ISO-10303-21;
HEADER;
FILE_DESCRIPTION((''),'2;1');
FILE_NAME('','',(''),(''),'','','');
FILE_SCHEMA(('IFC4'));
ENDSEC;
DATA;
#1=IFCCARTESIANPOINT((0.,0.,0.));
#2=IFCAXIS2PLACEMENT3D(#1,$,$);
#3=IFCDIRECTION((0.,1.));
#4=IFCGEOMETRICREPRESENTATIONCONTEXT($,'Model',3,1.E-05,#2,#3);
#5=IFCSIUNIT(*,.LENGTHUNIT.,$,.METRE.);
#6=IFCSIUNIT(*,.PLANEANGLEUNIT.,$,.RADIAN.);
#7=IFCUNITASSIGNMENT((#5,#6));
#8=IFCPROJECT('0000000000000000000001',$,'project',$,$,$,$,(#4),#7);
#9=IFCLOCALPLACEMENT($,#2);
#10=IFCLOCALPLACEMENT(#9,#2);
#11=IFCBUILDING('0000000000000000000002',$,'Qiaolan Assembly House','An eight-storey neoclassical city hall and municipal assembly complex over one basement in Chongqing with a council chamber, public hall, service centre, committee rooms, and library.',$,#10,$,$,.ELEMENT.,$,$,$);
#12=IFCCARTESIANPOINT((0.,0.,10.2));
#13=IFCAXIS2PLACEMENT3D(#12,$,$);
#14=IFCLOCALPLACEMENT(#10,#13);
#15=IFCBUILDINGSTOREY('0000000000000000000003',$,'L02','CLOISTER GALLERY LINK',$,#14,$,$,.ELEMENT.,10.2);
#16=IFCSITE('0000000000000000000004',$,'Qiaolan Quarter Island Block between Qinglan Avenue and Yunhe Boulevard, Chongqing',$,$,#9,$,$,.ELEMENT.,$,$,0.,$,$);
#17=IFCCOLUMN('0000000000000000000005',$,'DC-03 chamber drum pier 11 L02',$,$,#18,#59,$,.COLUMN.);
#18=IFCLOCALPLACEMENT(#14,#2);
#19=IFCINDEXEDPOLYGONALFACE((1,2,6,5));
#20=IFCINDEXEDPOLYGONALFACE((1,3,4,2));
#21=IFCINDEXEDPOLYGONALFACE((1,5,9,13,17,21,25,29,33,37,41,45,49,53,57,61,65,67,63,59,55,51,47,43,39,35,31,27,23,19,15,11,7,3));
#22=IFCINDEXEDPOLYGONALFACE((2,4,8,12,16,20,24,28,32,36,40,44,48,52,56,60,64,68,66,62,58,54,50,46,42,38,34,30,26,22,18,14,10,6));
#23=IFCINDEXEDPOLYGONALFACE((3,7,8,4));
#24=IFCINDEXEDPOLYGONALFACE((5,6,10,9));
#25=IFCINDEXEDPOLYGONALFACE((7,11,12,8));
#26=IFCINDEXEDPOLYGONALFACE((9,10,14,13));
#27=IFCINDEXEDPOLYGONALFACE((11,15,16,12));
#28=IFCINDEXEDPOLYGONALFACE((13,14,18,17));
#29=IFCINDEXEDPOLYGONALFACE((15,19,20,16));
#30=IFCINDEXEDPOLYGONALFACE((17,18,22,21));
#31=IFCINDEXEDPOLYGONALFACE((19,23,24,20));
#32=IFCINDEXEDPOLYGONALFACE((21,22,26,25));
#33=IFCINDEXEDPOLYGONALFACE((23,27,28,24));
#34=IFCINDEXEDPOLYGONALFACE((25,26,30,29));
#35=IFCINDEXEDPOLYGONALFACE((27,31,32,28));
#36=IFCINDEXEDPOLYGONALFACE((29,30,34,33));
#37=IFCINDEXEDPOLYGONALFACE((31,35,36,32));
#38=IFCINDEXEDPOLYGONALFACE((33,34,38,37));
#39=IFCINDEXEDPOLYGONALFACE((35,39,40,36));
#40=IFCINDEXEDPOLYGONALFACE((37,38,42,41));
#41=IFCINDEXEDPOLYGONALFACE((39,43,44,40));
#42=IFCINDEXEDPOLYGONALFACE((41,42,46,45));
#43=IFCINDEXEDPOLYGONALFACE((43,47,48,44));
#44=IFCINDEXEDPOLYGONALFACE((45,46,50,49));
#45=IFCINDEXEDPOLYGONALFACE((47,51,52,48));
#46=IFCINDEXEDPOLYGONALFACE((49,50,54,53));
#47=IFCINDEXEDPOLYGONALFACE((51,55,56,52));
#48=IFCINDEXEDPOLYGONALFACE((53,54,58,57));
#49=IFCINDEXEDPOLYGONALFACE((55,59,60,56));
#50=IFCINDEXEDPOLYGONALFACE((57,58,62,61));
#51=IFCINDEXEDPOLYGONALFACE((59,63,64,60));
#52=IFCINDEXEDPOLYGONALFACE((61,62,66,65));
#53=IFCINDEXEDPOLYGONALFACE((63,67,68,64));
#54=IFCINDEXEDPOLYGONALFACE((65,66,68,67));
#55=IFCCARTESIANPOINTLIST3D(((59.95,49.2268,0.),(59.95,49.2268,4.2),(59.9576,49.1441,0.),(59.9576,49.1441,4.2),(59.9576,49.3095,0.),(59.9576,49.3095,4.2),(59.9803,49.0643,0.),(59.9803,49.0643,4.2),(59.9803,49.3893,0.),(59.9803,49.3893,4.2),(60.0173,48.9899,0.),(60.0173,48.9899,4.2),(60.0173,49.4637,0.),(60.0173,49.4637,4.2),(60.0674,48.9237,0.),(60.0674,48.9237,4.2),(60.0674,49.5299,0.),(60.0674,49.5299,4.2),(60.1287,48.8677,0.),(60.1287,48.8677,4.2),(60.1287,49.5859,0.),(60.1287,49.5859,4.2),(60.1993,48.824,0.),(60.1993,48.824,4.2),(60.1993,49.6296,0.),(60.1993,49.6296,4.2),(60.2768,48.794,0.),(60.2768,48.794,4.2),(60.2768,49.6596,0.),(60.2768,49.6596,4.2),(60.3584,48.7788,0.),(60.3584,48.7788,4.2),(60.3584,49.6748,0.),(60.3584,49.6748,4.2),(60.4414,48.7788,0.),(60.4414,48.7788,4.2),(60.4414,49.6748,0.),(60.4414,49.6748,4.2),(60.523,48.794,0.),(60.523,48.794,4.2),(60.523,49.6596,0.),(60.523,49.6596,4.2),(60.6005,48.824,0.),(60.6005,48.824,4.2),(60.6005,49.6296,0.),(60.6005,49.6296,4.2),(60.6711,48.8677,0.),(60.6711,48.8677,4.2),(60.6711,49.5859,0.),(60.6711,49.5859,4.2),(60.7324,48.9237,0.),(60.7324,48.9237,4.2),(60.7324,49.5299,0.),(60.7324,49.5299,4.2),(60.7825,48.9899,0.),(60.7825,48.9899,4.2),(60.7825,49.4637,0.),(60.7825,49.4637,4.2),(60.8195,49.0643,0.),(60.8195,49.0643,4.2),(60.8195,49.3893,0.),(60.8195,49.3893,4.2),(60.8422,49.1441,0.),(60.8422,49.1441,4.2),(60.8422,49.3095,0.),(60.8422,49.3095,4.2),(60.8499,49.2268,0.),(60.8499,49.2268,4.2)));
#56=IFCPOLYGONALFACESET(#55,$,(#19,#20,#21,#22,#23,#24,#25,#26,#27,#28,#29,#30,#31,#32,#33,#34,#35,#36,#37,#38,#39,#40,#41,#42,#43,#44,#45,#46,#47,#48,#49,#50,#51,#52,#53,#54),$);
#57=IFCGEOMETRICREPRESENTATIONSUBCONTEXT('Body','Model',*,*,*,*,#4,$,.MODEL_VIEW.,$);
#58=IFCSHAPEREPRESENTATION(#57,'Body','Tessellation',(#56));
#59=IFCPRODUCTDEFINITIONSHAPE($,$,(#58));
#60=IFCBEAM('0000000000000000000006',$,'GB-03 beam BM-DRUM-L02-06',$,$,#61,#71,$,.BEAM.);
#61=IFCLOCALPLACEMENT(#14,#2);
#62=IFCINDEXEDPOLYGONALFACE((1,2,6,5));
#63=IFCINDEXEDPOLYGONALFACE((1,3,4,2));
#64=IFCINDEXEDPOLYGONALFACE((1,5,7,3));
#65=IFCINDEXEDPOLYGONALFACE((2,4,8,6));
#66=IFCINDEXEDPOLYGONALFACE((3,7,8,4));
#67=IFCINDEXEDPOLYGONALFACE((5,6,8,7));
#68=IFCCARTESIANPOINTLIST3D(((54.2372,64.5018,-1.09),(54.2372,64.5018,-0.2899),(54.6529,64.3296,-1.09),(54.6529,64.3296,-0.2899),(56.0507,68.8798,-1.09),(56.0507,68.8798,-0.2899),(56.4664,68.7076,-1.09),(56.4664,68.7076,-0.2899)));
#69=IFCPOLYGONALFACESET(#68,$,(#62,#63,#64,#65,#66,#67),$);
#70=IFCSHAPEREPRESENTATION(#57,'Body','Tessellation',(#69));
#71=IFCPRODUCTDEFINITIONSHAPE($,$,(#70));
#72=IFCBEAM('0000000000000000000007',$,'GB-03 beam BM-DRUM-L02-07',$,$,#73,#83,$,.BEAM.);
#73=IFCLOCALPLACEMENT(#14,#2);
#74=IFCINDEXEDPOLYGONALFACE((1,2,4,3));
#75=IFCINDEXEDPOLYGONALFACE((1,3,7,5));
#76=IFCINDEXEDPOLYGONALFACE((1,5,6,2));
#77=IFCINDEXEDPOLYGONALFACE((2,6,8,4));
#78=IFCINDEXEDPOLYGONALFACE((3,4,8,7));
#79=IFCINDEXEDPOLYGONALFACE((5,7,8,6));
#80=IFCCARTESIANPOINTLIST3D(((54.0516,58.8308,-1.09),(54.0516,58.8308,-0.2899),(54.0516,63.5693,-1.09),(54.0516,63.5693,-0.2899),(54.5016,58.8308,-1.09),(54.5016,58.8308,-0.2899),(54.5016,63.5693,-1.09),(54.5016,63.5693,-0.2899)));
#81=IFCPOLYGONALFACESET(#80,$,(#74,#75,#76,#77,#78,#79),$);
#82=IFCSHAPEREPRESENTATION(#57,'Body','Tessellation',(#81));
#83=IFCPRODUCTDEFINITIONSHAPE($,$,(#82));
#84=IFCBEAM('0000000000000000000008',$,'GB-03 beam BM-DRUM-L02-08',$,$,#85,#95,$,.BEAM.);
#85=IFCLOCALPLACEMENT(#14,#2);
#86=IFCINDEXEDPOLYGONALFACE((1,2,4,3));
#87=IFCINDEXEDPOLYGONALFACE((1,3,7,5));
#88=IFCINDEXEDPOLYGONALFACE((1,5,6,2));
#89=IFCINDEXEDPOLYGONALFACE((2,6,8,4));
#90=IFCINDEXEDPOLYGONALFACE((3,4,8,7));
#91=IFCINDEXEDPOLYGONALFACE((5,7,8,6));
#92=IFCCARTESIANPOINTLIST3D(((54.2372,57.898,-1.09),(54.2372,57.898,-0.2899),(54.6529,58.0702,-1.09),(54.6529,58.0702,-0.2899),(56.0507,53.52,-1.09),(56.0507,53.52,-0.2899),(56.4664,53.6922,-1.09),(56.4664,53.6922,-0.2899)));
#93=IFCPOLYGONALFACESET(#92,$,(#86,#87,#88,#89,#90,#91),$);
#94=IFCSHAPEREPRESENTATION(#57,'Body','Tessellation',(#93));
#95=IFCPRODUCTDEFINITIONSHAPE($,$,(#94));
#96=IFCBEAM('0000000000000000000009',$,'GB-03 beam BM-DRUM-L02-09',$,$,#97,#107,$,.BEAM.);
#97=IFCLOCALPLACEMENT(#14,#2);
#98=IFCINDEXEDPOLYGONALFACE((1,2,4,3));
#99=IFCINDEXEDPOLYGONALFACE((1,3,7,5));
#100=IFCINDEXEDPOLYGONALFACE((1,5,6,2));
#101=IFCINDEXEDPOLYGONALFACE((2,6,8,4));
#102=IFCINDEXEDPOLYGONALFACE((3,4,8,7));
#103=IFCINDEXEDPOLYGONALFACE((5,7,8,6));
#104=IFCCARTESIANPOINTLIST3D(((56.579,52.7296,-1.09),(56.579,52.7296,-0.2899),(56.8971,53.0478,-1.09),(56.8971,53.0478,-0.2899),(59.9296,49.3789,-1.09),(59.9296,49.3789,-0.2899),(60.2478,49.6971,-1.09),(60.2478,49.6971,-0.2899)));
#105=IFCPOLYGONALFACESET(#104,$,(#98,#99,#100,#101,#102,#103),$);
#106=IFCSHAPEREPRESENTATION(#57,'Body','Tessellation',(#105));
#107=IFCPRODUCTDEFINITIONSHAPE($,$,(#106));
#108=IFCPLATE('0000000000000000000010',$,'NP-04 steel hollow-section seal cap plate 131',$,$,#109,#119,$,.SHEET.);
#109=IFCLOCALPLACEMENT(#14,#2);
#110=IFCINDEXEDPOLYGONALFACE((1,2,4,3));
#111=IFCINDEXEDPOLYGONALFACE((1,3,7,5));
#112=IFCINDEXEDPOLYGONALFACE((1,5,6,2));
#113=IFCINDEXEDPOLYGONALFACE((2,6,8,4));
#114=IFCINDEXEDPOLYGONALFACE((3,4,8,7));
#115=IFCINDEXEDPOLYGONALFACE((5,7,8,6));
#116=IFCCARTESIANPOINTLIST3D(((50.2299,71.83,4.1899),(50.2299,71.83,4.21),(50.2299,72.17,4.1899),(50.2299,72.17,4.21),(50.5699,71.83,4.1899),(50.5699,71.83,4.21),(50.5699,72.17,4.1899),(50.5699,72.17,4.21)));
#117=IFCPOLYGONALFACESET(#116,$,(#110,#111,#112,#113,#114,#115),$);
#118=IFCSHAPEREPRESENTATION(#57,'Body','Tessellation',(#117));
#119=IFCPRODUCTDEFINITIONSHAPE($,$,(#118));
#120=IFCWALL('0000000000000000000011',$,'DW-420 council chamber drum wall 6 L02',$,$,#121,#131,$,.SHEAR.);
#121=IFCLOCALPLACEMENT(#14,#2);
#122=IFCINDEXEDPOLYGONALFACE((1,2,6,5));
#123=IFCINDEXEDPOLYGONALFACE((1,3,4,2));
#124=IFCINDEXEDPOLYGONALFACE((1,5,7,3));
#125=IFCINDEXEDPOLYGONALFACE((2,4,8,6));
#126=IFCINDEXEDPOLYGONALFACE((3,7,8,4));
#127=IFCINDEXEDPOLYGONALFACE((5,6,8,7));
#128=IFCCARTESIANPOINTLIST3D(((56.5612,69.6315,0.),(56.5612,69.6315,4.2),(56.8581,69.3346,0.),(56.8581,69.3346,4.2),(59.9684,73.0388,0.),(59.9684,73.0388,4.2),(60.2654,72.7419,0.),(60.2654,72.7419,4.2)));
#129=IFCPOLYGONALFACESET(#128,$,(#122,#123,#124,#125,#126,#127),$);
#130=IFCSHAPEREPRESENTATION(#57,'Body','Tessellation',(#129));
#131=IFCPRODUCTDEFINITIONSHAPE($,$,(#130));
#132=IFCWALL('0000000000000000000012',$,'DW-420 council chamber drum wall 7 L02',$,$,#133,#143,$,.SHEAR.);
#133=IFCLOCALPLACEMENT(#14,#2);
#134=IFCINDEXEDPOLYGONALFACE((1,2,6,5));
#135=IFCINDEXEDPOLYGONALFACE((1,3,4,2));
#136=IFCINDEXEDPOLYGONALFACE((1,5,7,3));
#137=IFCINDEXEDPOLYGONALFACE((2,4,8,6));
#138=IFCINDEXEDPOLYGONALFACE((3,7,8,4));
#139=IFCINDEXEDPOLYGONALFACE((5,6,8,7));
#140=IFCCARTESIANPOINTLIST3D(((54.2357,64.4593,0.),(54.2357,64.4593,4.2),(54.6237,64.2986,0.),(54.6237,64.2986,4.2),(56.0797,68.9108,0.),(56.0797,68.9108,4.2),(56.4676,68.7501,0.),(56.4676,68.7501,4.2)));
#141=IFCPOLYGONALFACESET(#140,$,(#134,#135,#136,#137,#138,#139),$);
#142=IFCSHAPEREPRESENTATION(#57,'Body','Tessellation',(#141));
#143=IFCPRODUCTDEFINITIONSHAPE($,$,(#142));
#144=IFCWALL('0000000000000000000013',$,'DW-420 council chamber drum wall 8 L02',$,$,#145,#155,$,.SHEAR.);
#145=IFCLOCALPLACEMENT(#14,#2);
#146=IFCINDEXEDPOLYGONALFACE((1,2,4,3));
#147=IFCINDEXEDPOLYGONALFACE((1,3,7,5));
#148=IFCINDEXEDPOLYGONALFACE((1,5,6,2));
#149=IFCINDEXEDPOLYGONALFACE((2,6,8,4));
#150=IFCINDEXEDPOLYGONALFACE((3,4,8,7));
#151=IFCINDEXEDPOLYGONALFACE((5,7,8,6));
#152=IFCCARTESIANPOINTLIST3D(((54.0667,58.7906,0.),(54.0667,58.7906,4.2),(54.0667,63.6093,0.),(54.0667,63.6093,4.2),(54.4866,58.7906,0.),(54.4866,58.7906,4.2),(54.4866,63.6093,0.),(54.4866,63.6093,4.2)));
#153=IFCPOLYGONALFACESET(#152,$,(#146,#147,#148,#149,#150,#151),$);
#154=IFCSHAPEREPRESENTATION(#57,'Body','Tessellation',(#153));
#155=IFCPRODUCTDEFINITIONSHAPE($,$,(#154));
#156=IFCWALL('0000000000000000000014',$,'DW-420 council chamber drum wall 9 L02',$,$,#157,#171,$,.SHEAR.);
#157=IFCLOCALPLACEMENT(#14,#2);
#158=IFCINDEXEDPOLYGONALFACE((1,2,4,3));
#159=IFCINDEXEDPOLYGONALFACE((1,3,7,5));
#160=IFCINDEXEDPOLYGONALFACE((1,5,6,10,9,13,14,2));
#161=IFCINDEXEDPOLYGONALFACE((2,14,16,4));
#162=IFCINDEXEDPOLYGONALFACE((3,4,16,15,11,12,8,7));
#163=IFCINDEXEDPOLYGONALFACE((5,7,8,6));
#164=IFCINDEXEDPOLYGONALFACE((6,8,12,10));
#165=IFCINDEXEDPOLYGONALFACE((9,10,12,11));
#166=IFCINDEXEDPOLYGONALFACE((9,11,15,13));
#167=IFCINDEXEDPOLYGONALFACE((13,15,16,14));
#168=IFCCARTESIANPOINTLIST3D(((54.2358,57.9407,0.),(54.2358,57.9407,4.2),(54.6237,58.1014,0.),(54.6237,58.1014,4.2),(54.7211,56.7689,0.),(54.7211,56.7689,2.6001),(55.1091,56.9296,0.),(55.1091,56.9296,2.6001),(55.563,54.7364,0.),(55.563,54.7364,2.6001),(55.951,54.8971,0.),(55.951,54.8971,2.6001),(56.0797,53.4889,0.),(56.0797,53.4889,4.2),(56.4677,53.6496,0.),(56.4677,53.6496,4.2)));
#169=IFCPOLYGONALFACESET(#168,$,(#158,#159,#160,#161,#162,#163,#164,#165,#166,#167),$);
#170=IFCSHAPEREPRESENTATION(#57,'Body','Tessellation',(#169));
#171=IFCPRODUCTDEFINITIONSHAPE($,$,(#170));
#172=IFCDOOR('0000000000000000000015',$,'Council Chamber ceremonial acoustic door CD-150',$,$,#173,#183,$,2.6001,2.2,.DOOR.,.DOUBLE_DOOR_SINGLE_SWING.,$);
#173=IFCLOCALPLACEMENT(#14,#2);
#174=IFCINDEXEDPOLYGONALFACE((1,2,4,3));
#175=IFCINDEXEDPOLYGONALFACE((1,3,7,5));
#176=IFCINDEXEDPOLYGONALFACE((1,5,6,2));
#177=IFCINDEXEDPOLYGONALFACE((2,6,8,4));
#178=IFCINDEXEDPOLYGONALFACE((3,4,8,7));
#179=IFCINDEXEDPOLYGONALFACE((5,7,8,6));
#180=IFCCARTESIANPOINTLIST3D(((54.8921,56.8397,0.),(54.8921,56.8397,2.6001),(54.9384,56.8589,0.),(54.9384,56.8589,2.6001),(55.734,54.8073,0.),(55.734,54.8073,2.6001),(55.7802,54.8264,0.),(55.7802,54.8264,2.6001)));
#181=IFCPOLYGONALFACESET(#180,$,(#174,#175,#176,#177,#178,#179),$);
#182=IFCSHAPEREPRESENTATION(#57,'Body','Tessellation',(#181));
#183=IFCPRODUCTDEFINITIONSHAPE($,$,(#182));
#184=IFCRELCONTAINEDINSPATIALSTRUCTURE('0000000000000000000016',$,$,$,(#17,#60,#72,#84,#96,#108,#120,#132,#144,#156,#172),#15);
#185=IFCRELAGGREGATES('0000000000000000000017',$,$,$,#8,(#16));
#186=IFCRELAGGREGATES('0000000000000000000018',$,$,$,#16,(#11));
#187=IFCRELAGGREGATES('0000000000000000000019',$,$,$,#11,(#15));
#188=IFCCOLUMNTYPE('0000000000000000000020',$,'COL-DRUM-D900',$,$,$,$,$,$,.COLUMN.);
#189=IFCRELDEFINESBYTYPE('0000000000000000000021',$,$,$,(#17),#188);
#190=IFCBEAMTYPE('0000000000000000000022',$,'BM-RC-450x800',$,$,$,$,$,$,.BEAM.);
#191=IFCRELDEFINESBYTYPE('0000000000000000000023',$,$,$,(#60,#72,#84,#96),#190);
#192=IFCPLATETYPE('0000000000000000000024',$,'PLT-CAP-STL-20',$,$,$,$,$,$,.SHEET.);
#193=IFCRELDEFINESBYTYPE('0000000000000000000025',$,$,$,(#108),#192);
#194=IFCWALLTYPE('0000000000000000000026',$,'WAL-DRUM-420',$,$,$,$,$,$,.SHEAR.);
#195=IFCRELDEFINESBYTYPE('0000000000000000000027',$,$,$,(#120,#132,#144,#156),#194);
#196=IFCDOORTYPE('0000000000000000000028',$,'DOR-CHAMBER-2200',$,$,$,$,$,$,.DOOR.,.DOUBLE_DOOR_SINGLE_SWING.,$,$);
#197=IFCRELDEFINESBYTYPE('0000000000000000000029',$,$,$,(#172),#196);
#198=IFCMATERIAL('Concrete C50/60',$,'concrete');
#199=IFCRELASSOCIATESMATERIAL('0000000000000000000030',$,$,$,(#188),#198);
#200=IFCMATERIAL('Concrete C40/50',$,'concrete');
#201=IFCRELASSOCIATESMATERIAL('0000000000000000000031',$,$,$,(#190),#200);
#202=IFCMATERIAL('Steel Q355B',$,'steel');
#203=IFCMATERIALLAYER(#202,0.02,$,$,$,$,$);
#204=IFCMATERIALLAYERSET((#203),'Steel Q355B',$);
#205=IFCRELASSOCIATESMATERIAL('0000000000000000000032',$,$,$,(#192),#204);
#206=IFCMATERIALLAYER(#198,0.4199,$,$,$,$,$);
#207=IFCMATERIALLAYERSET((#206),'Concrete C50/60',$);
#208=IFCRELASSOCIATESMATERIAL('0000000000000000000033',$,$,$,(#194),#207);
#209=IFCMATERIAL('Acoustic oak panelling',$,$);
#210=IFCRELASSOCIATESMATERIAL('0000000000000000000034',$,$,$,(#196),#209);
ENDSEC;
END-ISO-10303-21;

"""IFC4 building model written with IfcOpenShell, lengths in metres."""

from ifc_helpers import new_model, si_unit, direction, frame, frame_2d, origin, origin_2d, place, context, subcontext, project, spatial, rectangle, circle, extrude, material, layer, layer_set, material_profile, profile_set, type_object, element, fill, save


model = new_model("IFC4")

# Units and contexts
model_context = context("Model", 3, precision=1e-05, world=origin(), true_north=direction((0.0, 1.0)))
body_context = subcontext(model_context, "Body", "Model", "MODEL_VIEW")
ifc_project = project(units=[si_unit("LENGTHUNIT", "METRE"), si_unit("PLANEANGLEUNIT", "RADIAN")], contexts=[model_context])

# Site, building, storey
site_placement = place(None, origin())
site = spatial("IfcSite", under=ifc_project, at=site_placement, Name="Qiaolan Quarter Island Block between Qinglan Avenue and Yunhe Boulevard, Chongqing", CompositionType="ELEMENT", RefElevation=0.0)
building_placement = place(site_placement, origin())
building = spatial("IfcBuilding", under=site, at=building_placement, Name="Qiaolan Assembly House", Description="An eight-storey neoclassical city hall and municipal assembly complex over one basement in Chongqing with a council chamber, public hall, service centre, committee rooms, and library.", CompositionType="ELEMENT")
storey_placement = place(building_placement, frame((0.0, 0.0, 10.2)))
storey = spatial("IfcBuildingStorey", under=building, at=storey_placement, Name="L02", Description="CLOISTER GALLERY LINK", CompositionType="ELEMENT", Elevation=10.2)

# Column
ifc_material_1 = material(Name="Concrete C50/60", Category="concrete")
ifc_material_profile_1 = material_profile(ifc_material_1, circle(Radius=0.45, at=origin_2d()), Name="CIRC D900")
ifc_profile_set_1 = profile_set([ifc_material_profile_1], Name="Concrete C50/60")
column_type = type_object("IfcColumnType", Name="COL-DRUM-D900", PredefinedType="COLUMN", material=ifc_profile_set_1)
for number, where, z_axis, x_axis, name in (
    (1, (60.3999, 49.2268, 0.0), (0.0, 0.0, 1.0), (1.0, 0.0, 0.0), "DC-03 chamber drum pier 11 L02"),
):
    element("IfcColumn", number, at=place(storey_placement, frame(where, z_axis=z_axis, x_axis=x_axis)), inside=storey, type_object=column_type, Name=name, PredefinedType="COLUMN", context=body_context, shape_type="SweptSolid", body=[
        extrude(circle(Radius=0.45, at=origin_2d()), origin(), (0.0, 0.0, 1.0), 4.2),
    ])

# Beams
ifc_material_2 = material(Name="Concrete C40/50", Category="concrete")
ifc_material_profile_2 = material_profile(ifc_material_2, rectangle(XDim=0.45, YDim=0.8, at=origin_2d()), Name="RCB 450x800")
ifc_profile_set_2 = profile_set([ifc_material_profile_2], Name="Concrete C40/50")
beam_type = type_object("IfcBeamType", Name="BM-RC-450x800", PredefinedType="BEAM", material=ifc_profile_set_2)
beam_1_placement = place(storey_placement, frame((56.2585, 68.7937, -0.6899), z_axis=(-0.382698, -0.923874, 0.0), x_axis=(0.923874, -0.382698, 0.0)))
element("IfcBeam", 2, at=beam_1_placement, inside=storey, type_object=beam_type, Name="GB-03 beam BM-DRUM-L02-06", PredefinedType="BEAM", context=body_context, shape_type="SweptSolid", body=[
    extrude(rectangle(XDim=0.45, YDim=0.8, at=origin_2d()), origin(), (0.0, 0.0, 1.0), 4.7388),
])
beam_2_placement = place(storey_placement, frame((54.2766, 63.5693, -0.6899), z_axis=(0.0, -1.0, 0.0), x_axis=(1.0, 0.0, 0.0)))
element("IfcBeam", 3, at=beam_2_placement, inside=storey, type_object=beam_type, Name="GB-03 beam BM-DRUM-L02-07", PredefinedType="BEAM", context=body_context, shape_type="SweptSolid", body=[
    extrude(rectangle(XDim=0.45, YDim=0.8, at=origin_2d()), origin(), (0.0, 0.0, 1.0), 4.7385),
])
beam_3_placement = place(storey_placement, frame((54.4451, 57.9841, -0.6899), z_axis=(0.382698, -0.923874, 0.0), x_axis=(0.923874, 0.382698, 0.0)))
element("IfcBeam", 4, at=beam_3_placement, inside=storey, type_object=beam_type, Name="GB-03 beam BM-DRUM-L02-08", PredefinedType="BEAM", context=body_context, shape_type="SweptSolid", body=[
    extrude(rectangle(XDim=0.45, YDim=0.8, at=origin_2d()), origin(), (0.0, 0.0, 1.0), 4.7388),
])
beam_4_placement = place(storey_placement, frame((56.738, 52.8887, -0.6899), z_axis=(0.707107, -0.707107, 0.0), x_axis=(0.707107, 0.707107, 0.0)))
element("IfcBeam", 5, at=beam_4_placement, inside=storey, type_object=beam_type, Name="GB-03 beam BM-DRUM-L02-09", PredefinedType="BEAM", context=body_context, shape_type="SweptSolid", body=[
    extrude(rectangle(XDim=0.45, YDim=0.8, at=origin_2d()), origin(), (0.0, 0.0, 1.0), 4.7385),
])

# Plate
ifc_material_3 = material(Name="Steel Q355B", Category="steel")
ifc_layer_1 = layer(ifc_material_3, 0.02)
ifc_layer_set_1 = layer_set([ifc_layer_1], Name="Steel Q355B")
plate_type = type_object("IfcPlateType", Name="PLT-CAP-STL-20", PredefinedType="SHEET", material=ifc_layer_set_1)
plate_placement = place(storey_placement, frame((50.3999, 72.0, 4.1899), z_axis=(0.0, 0.0, 1.0), x_axis=(1.0, 0.0, 0.0)))
element("IfcPlate", 6, at=plate_placement, inside=storey, type_object=plate_type, Name="NP-04 steel hollow-section seal cap plate 131", PredefinedType="SHEET", context=body_context, shape_type="SweptSolid", body=[
    extrude(rectangle(XDim=0.3401, YDim=0.3401, at=origin_2d()), origin(), (0.0, 0.0, 1.0), 0.02),
])

# Walls
ifc_layer_2 = layer(ifc_material_1, 0.4199)
ifc_layer_set_2 = layer_set([ifc_layer_2], Name="Concrete C50/60")
wall_type = type_object("IfcWallType", Name="WAL-DRUM-420", PredefinedType="SHEAR", material=ifc_layer_set_2)
wall_1_placement = place(storey_placement, frame((56.7097, 69.4832, 0.0), z_axis=(0.0, 0.0, 1.0), x_axis=(0.707107, 0.707107, 0.0)))
element("IfcWall", 7, at=wall_1_placement, inside=storey, type_object=wall_type, Name="DW-420 council chamber drum wall 6 L02", PredefinedType="SHEAR", context=body_context, shape_type="SweptSolid", body=[
    extrude(rectangle(XDim=4.8186, YDim=0.4199, at=frame_2d((2.4092, 0.0))), origin(), (0.0, 0.0, 1.0), 4.2),
])
wall_2_placement = place(storey_placement, frame((54.4297, 64.3789, 0.0), z_axis=(0.0, 0.0, 1.0), x_axis=(0.382693, 0.923875, 0.0)))
element("IfcWall", 8, at=wall_2_placement, inside=storey, type_object=wall_type, Name="DW-420 council chamber drum wall 7 L02", PredefinedType="SHEAR", context=body_context, shape_type="SweptSolid", body=[
    extrude(rectangle(XDim=4.8184, YDim=0.4199, at=frame_2d((2.4092, 0.0))), origin(), (0.0, 0.0, 1.0), 4.2),
])
wall_3_placement = place(storey_placement, frame((54.2766, 58.7908, 0.0), z_axis=(0.0, 0.0, 1.0), x_axis=(0.0, 1.0, 0.0)))
element("IfcWall", 9, at=wall_3_placement, inside=storey, type_object=wall_type, Name="DW-420 council chamber drum wall 8 L02", PredefinedType="SHEAR", context=body_context, shape_type="SweptSolid", body=[
    extrude(rectangle(XDim=4.8186, YDim=0.4199, at=frame_2d((2.4092, 0.0))), origin(), (0.0, 0.0, 1.0), 4.2),
])

# Wall, opening, door
wall_4_placement = place(storey_placement, frame((56.2737, 53.5693, 0.0), z_axis=(0.0, 0.0, 1.0), x_axis=(-0.382675, 0.923883, 0.0)))
wall_4 = element("IfcWall", 10, at=wall_4_placement, inside=storey, type_object=wall_type, Name="DW-420 council chamber drum wall 9 L02", PredefinedType="SHEAR", context=body_context, shape_type="SweptSolid", body=[
    extrude(rectangle(XDim=4.8186, YDim=0.4199, at=frame_2d((2.4092, 0.0))), origin(), (0.0, 0.0, 1.0), 4.2),
])
opening_placement = place(wall_4_placement, frame((1.3501, 0.0, 0.0)))
opening = element("IfcOpeningElement", 11, at=opening_placement, cuts=wall_4, PredefinedType="OPENING", context=body_context, shape_type="SweptSolid", body=[
    extrude(rectangle(XDim=2.2, YDim=2.6001, at=frame_2d((1.1001, 1.3))), frame((0.0, 0.22, 0.0), z_axis=(0.0, -1.0, 0.0), x_axis=(1.0, 0.0, 0.0)), (0.0, 0.0, 1.0), 0.4399),
])
ifc_material_4 = material(Name="Acoustic oak panelling")
door_type = type_object("IfcDoorType", Name="DOR-CHAMBER-2200", OperationType="DOUBLE_DOOR_SINGLE_SWING", PredefinedType="DOOR", material=ifc_material_4)
door_placement = place(opening_placement, origin())
door = element("IfcDoor", 12, at=door_placement, inside=storey, type_object=door_type, Name="Council Chamber ceremonial acoustic door CD-150", OperationType="DOUBLE_DOOR_SINGLE_SWING", OverallHeight=2.6001, OverallWidth=2.2, PredefinedType="DOOR", context=body_context, shape_type="SweptSolid", body=[
    extrude(rectangle(XDim=2.2, YDim=2.6001, at=frame_2d((1.1001, 1.3))), frame((0.0, 0.0249, 0.0), z_axis=(0.0, -1.0, 0.0), x_axis=(1.0, 0.0, 0.0)), (0.0, 0.0, 1.0), 0.05),
])
fill(opening, door)

save(model, "model.ifc")
